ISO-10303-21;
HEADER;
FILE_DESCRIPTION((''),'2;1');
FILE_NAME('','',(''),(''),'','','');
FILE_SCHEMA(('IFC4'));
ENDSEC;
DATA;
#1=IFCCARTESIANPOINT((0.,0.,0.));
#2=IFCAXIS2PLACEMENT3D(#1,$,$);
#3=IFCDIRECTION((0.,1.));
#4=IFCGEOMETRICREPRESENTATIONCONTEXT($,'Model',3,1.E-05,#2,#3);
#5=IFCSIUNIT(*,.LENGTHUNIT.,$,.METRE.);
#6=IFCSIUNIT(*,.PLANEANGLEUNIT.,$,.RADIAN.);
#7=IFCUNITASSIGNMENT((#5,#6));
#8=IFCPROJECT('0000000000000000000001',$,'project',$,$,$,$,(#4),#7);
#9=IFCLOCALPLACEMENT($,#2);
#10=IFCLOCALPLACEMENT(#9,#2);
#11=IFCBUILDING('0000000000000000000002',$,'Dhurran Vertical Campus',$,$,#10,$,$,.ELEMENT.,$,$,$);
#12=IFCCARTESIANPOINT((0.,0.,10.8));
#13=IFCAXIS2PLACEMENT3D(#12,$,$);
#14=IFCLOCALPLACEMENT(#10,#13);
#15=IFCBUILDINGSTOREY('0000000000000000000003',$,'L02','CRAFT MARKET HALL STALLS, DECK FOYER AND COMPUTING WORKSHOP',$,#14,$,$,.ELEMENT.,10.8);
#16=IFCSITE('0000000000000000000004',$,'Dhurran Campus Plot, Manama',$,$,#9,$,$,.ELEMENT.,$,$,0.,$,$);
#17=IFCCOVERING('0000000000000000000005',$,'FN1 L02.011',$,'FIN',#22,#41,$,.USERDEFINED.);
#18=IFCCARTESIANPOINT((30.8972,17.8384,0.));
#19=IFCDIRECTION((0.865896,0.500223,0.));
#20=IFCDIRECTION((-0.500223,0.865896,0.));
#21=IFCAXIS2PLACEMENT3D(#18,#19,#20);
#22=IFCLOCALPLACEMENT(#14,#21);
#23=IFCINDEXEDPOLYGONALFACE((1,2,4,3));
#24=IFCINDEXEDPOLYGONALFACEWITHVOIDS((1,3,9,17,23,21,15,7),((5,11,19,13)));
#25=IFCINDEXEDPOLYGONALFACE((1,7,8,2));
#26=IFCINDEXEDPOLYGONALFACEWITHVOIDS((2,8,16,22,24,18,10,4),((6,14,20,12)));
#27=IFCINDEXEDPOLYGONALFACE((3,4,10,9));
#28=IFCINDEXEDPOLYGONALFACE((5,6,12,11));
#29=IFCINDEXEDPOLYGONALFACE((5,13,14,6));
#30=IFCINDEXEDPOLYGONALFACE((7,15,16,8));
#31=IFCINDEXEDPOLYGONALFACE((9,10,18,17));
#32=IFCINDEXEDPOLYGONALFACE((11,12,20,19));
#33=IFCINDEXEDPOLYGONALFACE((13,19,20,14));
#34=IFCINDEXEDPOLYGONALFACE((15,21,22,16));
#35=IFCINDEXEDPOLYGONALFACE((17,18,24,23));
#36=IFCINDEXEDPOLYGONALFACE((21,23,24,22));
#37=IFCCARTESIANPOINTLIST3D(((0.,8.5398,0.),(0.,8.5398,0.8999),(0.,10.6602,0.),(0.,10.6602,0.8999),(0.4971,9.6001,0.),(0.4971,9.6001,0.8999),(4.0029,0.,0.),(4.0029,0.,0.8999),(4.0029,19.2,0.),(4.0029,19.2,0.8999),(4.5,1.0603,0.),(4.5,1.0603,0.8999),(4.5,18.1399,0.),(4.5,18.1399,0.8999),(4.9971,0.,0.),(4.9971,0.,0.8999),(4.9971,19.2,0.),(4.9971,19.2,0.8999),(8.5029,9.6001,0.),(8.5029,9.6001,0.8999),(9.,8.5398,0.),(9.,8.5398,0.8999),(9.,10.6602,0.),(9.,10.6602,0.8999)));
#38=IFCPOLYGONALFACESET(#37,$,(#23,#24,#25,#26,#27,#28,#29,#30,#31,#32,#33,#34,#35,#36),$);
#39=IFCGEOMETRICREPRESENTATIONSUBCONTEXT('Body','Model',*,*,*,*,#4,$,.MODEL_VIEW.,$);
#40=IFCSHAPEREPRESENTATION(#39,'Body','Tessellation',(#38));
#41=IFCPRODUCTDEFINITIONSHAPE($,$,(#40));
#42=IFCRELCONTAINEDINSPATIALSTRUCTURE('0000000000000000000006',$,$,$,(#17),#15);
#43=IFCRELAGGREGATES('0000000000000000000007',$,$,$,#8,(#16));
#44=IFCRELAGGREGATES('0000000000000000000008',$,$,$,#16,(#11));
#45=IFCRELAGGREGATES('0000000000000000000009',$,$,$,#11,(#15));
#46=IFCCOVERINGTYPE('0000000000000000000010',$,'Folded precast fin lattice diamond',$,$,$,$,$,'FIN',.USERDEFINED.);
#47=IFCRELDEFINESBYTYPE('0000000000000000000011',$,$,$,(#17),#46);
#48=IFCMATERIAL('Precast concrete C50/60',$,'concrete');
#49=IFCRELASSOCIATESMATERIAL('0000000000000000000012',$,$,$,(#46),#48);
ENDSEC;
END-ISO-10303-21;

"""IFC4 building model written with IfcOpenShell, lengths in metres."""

from ifc_helpers import new_model, si_unit, direction, frame, origin, place, context, subcontext, project, spatial, polyline, outline, extrude, material, type_object, element, save


model = new_model("IFC4")

# Units and contexts
model_context = context("Model", 3, precision=1e-05, world=origin(), true_north=direction((0.0, 1.0)))
body_context = subcontext(model_context, "Body", "Model", "MODEL_VIEW")
ifc_project = project(units=[si_unit("LENGTHUNIT", "METRE"), si_unit("PLANEANGLEUNIT", "RADIAN")], contexts=[model_context])

# Site, building, storey
site_placement = place(None, origin())
site = spatial("IfcSite", under=ifc_project, at=site_placement, Name="Dhurran Campus Plot, Manama", CompositionType="ELEMENT", RefElevation=0.0)
building_placement = place(site_placement, origin())
building = spatial("IfcBuilding", under=site, at=building_placement, Name="Dhurran Vertical Campus", CompositionType="ELEMENT")
storey_placement = place(building_placement, frame((0.0, 0.0, 10.8)))
storey = spatial("IfcBuildingStorey", under=building, at=storey_placement, Name="L02", Description="CRAFT MARKET HALL STALLS, DECK FOYER AND COMPUTING WORKSHOP", CompositionType="ELEMENT", Elevation=10.8)

# Covering
ifc_material_1 = material(Name="Precast concrete C50/60", Category="concrete")
covering_type = type_object("IfcCoveringType", Name="Folded precast fin lattice diamond", ElementType="FIN", PredefinedType="USERDEFINED", material=ifc_material_1)
for number, where, z_axis, x_axis, name in (
    (1, (30.8972, 17.8384, 0.0), (0.865896, 0.500223, 0.0), (-0.500223, 0.865896, 0.0), "FN1 L02.011"),
):
    element("IfcCovering", number, at=place(storey_placement, frame(where, z_axis=z_axis, x_axis=x_axis)), inside=storey, type_object=covering_type, Name=name, ObjectType="FIN", PredefinedType="USERDEFINED", context=body_context, shape_type="SweptSolid", body=[
        extrude(outline(polyline([(9.0, 10.6602), (9.0, 8.5398), (4.9971, 0.0), (4.0029, 0.0), (0.0, 8.5398), (0.0, 10.6602), (4.0029, 19.2), (4.9971, 19.2), (9.0, 10.6602)]), holes=[polyline([(8.5029, 9.6001), (4.5, 18.1399), (0.4971, 9.6001), (4.5, 1.0603), (8.5029, 9.6001)])]), origin(), (0.0, 0.0, 1.0), 0.8999),
    ])

save(model, "model.ifc")
